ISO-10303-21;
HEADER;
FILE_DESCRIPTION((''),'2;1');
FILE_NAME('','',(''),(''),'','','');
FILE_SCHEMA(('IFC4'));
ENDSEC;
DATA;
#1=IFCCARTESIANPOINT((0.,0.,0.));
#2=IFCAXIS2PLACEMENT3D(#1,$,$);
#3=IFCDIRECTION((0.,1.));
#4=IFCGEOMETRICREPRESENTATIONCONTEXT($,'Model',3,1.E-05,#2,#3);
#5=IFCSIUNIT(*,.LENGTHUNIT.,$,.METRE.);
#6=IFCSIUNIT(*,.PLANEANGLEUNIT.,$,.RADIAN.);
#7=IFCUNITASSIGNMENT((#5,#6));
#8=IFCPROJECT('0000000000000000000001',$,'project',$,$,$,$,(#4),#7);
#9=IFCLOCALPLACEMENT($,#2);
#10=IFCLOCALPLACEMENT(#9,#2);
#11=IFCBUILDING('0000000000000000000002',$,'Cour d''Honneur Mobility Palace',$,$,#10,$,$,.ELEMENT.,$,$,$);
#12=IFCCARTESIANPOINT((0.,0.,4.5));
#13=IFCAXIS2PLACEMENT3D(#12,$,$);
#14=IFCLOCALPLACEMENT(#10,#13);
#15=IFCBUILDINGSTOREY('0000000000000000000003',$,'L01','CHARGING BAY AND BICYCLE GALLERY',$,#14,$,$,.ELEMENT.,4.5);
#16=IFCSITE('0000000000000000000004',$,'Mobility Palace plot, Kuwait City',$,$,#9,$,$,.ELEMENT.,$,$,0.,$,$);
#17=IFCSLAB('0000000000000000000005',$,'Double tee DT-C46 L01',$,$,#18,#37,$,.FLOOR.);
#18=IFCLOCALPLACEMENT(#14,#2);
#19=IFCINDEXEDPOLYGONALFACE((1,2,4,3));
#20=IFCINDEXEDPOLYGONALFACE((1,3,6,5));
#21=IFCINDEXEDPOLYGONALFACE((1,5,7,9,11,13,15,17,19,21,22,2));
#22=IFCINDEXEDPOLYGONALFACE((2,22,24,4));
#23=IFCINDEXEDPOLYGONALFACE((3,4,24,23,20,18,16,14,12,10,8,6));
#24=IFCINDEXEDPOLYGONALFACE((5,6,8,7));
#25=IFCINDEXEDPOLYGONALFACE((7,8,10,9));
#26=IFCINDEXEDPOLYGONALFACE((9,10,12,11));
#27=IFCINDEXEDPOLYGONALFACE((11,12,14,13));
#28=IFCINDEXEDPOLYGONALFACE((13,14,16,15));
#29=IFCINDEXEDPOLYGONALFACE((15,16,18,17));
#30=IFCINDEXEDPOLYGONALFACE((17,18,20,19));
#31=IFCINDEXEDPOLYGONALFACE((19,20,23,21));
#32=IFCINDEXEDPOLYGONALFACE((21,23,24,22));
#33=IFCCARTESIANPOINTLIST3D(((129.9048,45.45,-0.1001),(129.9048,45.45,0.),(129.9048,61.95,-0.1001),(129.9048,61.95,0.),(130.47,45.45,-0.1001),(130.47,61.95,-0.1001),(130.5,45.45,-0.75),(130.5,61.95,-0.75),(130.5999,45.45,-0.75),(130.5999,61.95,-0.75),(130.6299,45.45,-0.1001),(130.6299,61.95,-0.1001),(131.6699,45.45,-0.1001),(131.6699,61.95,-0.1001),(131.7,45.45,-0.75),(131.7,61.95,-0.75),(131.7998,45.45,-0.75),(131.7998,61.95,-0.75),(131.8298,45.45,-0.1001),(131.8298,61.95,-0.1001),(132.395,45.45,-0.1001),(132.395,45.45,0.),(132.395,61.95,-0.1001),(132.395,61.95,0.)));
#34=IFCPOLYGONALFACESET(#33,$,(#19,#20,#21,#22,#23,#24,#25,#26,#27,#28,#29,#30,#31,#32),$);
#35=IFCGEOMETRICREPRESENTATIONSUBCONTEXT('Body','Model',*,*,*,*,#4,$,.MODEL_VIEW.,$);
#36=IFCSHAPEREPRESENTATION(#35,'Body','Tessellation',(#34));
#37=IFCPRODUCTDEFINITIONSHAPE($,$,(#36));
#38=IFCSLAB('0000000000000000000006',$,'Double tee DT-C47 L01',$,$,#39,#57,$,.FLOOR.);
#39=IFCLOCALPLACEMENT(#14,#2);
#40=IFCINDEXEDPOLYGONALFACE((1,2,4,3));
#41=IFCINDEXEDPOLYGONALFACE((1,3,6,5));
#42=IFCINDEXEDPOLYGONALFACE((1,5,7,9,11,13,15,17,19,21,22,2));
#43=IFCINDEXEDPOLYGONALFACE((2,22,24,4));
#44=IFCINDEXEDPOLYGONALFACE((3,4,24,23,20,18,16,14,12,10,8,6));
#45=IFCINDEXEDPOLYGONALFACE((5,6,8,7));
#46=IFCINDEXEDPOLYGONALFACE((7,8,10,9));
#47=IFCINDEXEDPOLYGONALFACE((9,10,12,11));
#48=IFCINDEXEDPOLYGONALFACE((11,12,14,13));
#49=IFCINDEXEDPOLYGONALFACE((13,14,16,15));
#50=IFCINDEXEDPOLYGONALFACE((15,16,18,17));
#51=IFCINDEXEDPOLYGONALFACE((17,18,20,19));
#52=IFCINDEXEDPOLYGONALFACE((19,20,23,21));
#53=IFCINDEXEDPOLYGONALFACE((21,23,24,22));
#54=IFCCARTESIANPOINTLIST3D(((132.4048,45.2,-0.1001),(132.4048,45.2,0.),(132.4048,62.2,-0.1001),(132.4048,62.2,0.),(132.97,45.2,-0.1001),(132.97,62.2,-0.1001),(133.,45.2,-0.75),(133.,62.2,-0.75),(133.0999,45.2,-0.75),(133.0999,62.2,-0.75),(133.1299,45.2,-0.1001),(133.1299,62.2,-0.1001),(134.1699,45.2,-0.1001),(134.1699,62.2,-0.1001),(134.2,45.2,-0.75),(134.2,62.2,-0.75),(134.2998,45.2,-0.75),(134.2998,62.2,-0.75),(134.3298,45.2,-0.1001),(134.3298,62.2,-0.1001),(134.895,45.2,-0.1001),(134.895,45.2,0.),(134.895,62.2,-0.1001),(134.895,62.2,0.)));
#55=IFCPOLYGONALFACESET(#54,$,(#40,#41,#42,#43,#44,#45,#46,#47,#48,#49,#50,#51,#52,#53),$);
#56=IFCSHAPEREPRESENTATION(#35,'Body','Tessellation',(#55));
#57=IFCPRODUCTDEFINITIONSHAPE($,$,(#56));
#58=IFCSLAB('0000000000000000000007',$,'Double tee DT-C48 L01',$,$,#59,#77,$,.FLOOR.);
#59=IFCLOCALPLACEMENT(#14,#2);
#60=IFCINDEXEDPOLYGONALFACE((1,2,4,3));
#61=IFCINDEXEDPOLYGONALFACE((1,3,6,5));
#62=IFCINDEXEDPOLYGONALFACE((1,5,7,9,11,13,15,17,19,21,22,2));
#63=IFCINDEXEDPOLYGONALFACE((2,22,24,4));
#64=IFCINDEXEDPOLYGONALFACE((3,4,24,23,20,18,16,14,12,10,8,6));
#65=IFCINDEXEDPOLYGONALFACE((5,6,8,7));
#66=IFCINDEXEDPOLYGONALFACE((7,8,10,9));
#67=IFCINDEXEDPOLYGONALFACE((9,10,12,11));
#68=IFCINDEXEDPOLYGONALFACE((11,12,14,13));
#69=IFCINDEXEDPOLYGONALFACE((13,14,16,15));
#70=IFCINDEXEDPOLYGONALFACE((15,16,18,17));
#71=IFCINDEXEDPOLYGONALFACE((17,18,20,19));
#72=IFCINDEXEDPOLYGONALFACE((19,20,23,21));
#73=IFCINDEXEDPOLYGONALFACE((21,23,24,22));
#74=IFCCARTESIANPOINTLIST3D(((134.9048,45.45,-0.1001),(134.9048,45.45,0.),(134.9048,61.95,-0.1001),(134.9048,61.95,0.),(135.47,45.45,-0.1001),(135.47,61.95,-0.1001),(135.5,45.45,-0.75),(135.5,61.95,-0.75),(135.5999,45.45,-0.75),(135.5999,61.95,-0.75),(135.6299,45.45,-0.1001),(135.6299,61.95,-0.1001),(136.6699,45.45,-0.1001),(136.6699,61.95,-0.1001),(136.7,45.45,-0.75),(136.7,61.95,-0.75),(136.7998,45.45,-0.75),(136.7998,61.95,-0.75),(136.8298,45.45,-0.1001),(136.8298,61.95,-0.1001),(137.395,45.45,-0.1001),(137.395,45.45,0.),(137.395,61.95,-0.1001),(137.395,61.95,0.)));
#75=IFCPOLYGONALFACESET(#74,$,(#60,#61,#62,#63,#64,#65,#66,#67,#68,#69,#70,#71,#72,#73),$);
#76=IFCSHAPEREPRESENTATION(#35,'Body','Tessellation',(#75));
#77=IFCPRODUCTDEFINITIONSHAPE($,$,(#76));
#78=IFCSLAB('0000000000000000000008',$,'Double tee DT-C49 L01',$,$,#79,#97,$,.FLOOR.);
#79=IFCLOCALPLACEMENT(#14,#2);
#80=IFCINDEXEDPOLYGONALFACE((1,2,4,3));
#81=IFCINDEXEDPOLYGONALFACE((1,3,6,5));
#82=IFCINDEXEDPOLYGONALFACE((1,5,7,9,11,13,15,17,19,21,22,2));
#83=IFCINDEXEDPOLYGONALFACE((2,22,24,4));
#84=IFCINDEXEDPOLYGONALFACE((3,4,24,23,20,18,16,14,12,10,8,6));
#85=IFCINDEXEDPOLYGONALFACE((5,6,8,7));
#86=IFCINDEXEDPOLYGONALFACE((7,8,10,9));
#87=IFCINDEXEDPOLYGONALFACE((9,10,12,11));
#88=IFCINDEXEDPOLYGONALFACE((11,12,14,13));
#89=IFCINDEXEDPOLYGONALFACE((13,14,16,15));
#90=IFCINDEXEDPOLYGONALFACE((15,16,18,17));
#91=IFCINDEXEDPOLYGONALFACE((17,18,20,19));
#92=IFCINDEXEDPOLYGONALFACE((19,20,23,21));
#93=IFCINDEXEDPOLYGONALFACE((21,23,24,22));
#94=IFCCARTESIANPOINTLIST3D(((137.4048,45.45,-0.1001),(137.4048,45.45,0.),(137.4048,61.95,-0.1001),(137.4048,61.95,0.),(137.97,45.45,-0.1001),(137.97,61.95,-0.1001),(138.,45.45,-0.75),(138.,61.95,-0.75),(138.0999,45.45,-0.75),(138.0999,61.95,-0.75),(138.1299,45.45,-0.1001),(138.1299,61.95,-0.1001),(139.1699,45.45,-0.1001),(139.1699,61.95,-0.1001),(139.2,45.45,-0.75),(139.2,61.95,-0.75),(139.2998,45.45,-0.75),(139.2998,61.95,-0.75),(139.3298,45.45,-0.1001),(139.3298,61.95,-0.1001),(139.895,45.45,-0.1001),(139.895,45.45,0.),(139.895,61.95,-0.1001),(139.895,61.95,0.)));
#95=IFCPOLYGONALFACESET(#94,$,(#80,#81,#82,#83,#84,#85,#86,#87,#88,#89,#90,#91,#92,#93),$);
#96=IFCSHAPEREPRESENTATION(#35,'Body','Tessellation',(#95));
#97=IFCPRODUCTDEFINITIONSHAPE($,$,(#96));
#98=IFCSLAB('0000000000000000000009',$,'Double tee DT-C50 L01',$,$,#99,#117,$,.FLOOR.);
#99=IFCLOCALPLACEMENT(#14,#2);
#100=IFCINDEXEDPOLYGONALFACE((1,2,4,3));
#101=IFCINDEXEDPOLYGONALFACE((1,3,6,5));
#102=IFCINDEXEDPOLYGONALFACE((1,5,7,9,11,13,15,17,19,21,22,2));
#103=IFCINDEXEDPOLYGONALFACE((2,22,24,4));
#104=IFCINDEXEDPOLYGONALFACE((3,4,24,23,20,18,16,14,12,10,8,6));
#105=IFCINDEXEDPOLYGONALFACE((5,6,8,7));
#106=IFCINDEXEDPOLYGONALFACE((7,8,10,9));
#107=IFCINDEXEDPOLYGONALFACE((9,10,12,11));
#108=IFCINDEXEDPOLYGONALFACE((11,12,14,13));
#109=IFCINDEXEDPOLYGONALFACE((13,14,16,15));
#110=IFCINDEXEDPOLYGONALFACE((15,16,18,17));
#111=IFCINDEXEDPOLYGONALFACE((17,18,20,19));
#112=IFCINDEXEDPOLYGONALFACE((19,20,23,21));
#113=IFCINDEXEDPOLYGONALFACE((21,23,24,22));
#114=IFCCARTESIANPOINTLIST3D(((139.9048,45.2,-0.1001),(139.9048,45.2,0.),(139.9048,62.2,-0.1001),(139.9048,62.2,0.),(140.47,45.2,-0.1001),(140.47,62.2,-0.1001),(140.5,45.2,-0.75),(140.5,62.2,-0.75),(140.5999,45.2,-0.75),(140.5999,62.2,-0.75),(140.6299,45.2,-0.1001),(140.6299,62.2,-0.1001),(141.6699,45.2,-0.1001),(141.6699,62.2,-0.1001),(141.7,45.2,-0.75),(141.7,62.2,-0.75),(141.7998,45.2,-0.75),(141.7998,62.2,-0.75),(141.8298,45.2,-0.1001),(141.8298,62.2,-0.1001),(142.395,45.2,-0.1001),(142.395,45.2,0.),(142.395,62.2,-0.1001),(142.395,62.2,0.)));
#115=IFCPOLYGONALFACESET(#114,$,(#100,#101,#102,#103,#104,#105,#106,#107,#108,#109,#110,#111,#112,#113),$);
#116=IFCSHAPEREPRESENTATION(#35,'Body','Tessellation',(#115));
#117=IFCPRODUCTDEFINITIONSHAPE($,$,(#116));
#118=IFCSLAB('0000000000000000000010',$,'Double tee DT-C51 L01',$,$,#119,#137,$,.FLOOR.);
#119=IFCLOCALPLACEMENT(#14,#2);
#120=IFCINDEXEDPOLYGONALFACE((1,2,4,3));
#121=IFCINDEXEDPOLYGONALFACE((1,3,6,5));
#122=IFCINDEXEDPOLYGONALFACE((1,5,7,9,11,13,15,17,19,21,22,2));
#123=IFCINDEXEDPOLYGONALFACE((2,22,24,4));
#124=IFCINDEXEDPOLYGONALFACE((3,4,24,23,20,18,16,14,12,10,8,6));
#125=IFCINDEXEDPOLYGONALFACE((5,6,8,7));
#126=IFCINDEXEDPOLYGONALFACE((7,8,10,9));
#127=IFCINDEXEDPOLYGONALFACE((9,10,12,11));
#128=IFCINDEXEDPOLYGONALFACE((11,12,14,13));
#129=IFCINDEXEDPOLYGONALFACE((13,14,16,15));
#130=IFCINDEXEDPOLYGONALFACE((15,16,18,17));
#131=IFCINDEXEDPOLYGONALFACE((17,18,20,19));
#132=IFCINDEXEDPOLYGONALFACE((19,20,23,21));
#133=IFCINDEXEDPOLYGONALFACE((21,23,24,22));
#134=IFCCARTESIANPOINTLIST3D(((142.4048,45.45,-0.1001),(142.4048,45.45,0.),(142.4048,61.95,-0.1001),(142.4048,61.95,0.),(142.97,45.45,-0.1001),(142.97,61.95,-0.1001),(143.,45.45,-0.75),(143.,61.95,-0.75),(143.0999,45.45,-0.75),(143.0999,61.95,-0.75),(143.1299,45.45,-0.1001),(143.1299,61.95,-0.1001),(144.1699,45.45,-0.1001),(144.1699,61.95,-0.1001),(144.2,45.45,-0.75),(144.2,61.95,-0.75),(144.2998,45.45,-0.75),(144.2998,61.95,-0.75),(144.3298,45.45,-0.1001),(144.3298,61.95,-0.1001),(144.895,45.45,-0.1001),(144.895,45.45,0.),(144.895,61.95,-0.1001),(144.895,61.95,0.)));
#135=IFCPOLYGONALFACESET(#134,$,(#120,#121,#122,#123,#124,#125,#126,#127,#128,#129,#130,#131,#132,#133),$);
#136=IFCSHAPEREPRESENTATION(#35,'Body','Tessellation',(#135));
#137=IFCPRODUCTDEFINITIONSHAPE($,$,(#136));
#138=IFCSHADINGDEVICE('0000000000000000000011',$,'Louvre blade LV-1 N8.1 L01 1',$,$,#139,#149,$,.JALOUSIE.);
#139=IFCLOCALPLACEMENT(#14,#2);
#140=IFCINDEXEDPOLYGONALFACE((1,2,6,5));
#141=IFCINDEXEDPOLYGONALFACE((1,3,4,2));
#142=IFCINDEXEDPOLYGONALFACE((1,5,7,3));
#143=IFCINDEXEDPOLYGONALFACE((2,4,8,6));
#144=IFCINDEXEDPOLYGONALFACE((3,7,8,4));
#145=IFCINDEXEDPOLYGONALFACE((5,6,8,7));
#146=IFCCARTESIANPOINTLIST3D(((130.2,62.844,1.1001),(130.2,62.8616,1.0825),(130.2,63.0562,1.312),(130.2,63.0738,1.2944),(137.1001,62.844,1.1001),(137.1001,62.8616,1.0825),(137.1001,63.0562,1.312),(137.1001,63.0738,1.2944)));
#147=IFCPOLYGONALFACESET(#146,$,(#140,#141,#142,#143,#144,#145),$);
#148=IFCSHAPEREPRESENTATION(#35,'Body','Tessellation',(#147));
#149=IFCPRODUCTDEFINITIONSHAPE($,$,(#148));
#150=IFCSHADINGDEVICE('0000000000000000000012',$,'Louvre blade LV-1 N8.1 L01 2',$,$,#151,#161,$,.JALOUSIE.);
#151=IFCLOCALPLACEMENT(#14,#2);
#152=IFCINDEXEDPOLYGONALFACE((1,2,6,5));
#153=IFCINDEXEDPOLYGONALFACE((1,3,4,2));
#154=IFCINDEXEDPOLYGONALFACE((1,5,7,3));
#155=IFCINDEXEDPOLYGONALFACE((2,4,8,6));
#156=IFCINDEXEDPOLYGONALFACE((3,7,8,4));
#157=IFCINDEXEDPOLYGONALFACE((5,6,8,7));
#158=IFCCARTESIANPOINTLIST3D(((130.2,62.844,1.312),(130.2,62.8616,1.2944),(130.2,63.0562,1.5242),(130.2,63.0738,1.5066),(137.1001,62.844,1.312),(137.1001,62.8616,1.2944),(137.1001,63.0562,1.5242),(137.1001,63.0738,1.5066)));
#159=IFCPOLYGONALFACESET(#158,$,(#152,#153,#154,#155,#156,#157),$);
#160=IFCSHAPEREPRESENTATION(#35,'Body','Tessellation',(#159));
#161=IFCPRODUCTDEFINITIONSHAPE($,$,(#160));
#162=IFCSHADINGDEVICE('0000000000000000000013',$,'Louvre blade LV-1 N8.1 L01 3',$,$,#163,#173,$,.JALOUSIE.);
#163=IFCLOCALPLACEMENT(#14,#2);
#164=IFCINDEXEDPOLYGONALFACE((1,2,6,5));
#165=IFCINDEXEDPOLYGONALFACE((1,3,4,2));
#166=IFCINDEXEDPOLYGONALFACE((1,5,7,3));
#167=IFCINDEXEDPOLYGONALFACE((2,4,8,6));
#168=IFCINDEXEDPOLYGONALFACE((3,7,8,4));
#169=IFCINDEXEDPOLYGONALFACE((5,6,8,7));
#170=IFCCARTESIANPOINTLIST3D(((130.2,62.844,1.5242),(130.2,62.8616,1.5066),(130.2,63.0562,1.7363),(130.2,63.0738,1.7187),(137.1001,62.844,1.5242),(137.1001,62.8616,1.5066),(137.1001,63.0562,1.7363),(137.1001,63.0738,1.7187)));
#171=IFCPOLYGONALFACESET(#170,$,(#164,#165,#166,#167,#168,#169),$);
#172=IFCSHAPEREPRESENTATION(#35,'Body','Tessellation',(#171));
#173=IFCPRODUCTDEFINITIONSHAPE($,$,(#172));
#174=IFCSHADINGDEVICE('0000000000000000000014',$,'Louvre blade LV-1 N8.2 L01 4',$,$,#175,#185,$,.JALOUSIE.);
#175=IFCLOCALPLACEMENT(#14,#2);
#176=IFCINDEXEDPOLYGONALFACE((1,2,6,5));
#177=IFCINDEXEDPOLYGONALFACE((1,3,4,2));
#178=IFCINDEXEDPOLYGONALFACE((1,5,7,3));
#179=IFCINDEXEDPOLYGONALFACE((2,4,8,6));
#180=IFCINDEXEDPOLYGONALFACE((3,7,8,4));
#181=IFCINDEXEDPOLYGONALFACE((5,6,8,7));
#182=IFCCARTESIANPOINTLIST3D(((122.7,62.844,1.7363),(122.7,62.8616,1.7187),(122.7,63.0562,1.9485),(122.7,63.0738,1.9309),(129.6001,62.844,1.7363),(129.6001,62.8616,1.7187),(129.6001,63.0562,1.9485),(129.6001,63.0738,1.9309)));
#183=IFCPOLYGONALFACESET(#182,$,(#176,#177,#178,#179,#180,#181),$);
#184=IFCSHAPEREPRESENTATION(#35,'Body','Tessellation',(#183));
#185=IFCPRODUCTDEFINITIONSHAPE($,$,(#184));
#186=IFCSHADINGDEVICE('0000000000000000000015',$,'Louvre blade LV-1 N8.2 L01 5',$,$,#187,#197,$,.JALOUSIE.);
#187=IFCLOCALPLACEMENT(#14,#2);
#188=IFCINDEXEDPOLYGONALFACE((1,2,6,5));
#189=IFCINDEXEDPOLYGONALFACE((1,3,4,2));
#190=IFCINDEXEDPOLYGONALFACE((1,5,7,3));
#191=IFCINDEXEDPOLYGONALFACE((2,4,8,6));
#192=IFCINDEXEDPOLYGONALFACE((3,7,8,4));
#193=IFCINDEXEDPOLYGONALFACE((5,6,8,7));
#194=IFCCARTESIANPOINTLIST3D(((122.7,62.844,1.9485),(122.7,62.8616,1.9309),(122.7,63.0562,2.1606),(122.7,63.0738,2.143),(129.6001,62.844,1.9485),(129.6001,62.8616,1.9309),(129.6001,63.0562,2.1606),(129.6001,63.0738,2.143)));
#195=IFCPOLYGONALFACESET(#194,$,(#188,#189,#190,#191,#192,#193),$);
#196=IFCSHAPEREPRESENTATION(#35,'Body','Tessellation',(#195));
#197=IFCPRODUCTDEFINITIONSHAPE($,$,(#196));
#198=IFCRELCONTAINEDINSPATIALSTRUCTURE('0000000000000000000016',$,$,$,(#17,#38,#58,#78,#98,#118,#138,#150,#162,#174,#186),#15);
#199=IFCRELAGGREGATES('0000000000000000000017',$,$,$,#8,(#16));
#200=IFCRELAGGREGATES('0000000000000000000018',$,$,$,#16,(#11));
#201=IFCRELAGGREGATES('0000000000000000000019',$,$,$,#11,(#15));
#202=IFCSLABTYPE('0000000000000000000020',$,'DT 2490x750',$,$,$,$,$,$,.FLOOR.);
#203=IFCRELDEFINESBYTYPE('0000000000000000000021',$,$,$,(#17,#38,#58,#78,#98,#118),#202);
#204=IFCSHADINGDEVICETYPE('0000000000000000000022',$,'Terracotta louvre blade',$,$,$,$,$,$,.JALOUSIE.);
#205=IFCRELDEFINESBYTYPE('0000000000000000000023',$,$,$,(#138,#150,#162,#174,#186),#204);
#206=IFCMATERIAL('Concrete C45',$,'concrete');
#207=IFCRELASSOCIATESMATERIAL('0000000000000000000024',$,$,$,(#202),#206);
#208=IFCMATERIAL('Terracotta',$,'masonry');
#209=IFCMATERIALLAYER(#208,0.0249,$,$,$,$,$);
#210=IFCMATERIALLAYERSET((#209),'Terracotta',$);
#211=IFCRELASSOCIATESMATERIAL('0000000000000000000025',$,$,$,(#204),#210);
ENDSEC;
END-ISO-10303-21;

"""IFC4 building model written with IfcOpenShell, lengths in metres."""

from ifc_helpers import new_model, si_unit, direction, frame, origin, place, context, subcontext, project, spatial, polyline, outline, extrude, material, layer, layer_set, material_profile, profile_set, type_object, element, save


model = new_model("IFC4")

# Units and contexts
model_context = context("Model", 3, precision=1e-05, world=origin(), true_north=direction((0.0, 1.0)))
body_context = subcontext(model_context, "Body", "Model", "MODEL_VIEW")
ifc_project = project(units=[si_unit("LENGTHUNIT", "METRE"), si_unit("PLANEANGLEUNIT", "RADIAN")], contexts=[model_context])

# Site, building, storey
site_placement = place(None, origin())
site = spatial("IfcSite", under=ifc_project, at=site_placement, Name="Mobility Palace plot, Kuwait City", CompositionType="ELEMENT", RefElevation=0.0)
building_placement = place(site_placement, origin())
building = spatial("IfcBuilding", under=site, at=building_placement, Name="Cour d'Honneur Mobility Palace", CompositionType="ELEMENT")
storey_placement = place(building_placement, frame((0.0, 0.0, 4.5)))
storey = spatial("IfcBuildingStorey", under=building, at=storey_placement, Name="L01", Description="CHARGING BAY AND BICYCLE GALLERY", CompositionType="ELEMENT", Elevation=4.5)

# Slabs
ifc_material_1 = material(Name="Concrete C45", Category="concrete")
ifc_material_profile_1 = material_profile(ifc_material_1, outline(polyline([(-1.2451, 0.0), (1.2451, 0.0), (1.2451, -0.1001), (0.6799, -0.1001), (0.6499, -0.75), (0.55, -0.75), (0.52, -0.1001), (-0.52, -0.1001), (-0.55, -0.75), (-0.6499, -0.75), (-0.6799, -0.1001), (-1.2451, -0.1001), (-1.2451, 0.0)])), Name="DT 2490x750")
ifc_profile_set_1 = profile_set([ifc_material_profile_1], Name="Concrete C45")
slab_type = type_object("IfcSlabType", Name="DT 2490x750", PredefinedType="FLOOR", material=ifc_profile_set_1)
slab_1_placement = place(storey_placement, frame((131.1499, 45.45, 0.0), z_axis=(0.0, 1.0, 0.0), x_axis=(-1.0, 0.0, 0.0)))
element("IfcSlab", 1, at=slab_1_placement, inside=storey, type_object=slab_type, Name="Double tee DT-C46 L01", PredefinedType="FLOOR", context=body_context, shape_type="SweptSolid", body=[
    extrude(outline(polyline([(-1.2451, 0.0), (1.2451, 0.0), (1.2451, -0.1001), (0.6799, -0.1001), (0.6499, -0.75), (0.55, -0.75), (0.52, -0.1001), (-0.52, -0.1001), (-0.55, -0.75), (-0.6499, -0.75), (-0.6799, -0.1001), (-1.2451, -0.1001), (-1.2451, 0.0)])), origin(), (0.0, 0.0, 1.0), 16.5),
])
slab_2_placement = place(storey_placement, frame((133.6499, 45.2, 0.0), z_axis=(0.0, 1.0, 0.0), x_axis=(-1.0, 0.0, 0.0)))
element("IfcSlab", 2, at=slab_2_placement, inside=storey, type_object=slab_type, Name="Double tee DT-C47 L01", PredefinedType="FLOOR", context=body_context, shape_type="SweptSolid", body=[
    extrude(outline(polyline([(-1.2451, 0.0), (1.2451, 0.0), (1.2451, -0.1001), (0.6799, -0.1001), (0.6499, -0.75), (0.55, -0.75), (0.52, -0.1001), (-0.52, -0.1001), (-0.55, -0.75), (-0.6499, -0.75), (-0.6799, -0.1001), (-1.2451, -0.1001), (-1.2451, 0.0)])), origin(), (0.0, 0.0, 1.0), 17.0),
])
for number, where, z_axis, x_axis, name in (
    (3, (136.1499, 45.45, 0.0), (0.0, 1.0, 0.0), (-1.0, 0.0, 0.0), "Double tee DT-C48 L01"),
    (4, (138.6499, 45.45, 0.0), (0.0, 1.0, 0.0), (-1.0, 0.0, 0.0), "Double tee DT-C49 L01"),
):
    element("IfcSlab", number, at=place(storey_placement, frame(where, z_axis=z_axis, x_axis=x_axis)), inside=storey, type_object=slab_type, Name=name, PredefinedType="FLOOR", context=body_context, shape_type="SweptSolid", body=[
        extrude(outline(polyline([(-1.2451, 0.0), (1.2451, 0.0), (1.2451, -0.1001), (0.6799, -0.1001), (0.6499, -0.75), (0.55, -0.75), (0.52, -0.1001), (-0.52, -0.1001), (-0.55, -0.75), (-0.6499, -0.75), (-0.6799, -0.1001), (-1.2451, -0.1001), (-1.2451, 0.0)])), origin(), (0.0, 0.0, 1.0), 16.5),
    ])
slab_3_placement = place(storey_placement, frame((141.1499, 45.2, 0.0), z_axis=(0.0, 1.0, 0.0), x_axis=(-1.0, 0.0, 0.0)))
element("IfcSlab", 5, at=slab_3_placement, inside=storey, type_object=slab_type, Name="Double tee DT-C50 L01", PredefinedType="FLOOR", context=body_context, shape_type="SweptSolid", body=[
    extrude(outline(polyline([(-1.2451, 0.0), (1.2451, 0.0), (1.2451, -0.1001), (0.6799, -0.1001), (0.6499, -0.75), (0.55, -0.75), (0.52, -0.1001), (-0.52, -0.1001), (-0.55, -0.75), (-0.6499, -0.75), (-0.6799, -0.1001), (-1.2451, -0.1001), (-1.2451, 0.0)])), origin(), (0.0, 0.0, 1.0), 17.0),
])
slab_4_placement = place(storey_placement, frame((143.6499, 45.45, 0.0), z_axis=(0.0, 1.0, 0.0), x_axis=(-1.0, 0.0, 0.0)))
element("IfcSlab", 6, at=slab_4_placement, inside=storey, type_object=slab_type, Name="Double tee DT-C51 L01", PredefinedType="FLOOR", context=body_context, shape_type="SweptSolid", body=[
    extrude(outline(polyline([(-1.2451, 0.0), (1.2451, 0.0), (1.2451, -0.1001), (0.6799, -0.1001), (0.6499, -0.75), (0.55, -0.75), (0.52, -0.1001), (-0.52, -0.1001), (-0.55, -0.75), (-0.6499, -0.75), (-0.6799, -0.1001), (-1.2451, -0.1001), (-1.2451, 0.0)])), origin(), (0.0, 0.0, 1.0), 16.5),
])

# Shading devices
ifc_material_2 = material(Name="Terracotta", Category="masonry")
ifc_layer_1 = layer(ifc_material_2, 0.0249)
ifc_layer_set_1 = layer_set([ifc_layer_1], Name="Terracotta")
shading_device_type = type_object("IfcShadingDeviceType", Name="Terracotta louvre blade", PredefinedType="JALOUSIE", material=ifc_layer_set_1)
shading_device_placement = place(storey_placement, frame((137.1001, 62.844, 1.1001), z_axis=(0.0, -0.7067, 0.707514), x_axis=(-1.0, 0.0, 0.0)))
element("IfcShadingDevice", 7, at=shading_device_placement, inside=storey, type_object=shading_device_type, Name="Louvre blade LV-1 N8.1 L01 1", PredefinedType="JALOUSIE", context=body_context, shape_type="SweptSolid", body=[
    extrude(outline(polyline([(0.0, 0.0), (6.9001, 0.0), (6.9001, -0.2999), (0.0, -0.2999), (0.0, 0.0)])), origin(), (0.0, 0.0, -1.0), 0.0249),
])
for number, where, z_axis, x_axis, name in (
    (8, (137.1001, 62.844, 1.312), (0.0, -0.707107, 0.707107), (-1.0, 0.0, 0.0), "Louvre blade LV-1 N8.1 L01 2"),
    (9, (137.1001, 62.844, 1.5242), (0.0, -0.707107, 0.707107), (-1.0, 0.0, 0.0), "Louvre blade LV-1 N8.1 L01 3"),
    (10, (129.6001, 62.844, 1.7363), (0.0, -0.707107, 0.707107), (-1.0, 0.0, 0.0), "Louvre blade LV-1 N8.2 L01 4"),
    (11, (129.6001, 62.844, 1.9485), (0.0, -0.707107, 0.707107), (-1.0, 0.0, 0.0), "Louvre blade LV-1 N8.2 L01 5"),
):
    element("IfcShadingDevice", number, at=place(storey_placement, frame(where, z_axis=z_axis, x_axis=x_axis)), inside=storey, type_object=shading_device_type, Name=name, PredefinedType="JALOUSIE", context=body_context, shape_type="SweptSolid", body=[
        extrude(outline(polyline([(0.0, 0.0), (6.9001, 0.0), (6.9001, -0.3), (0.0, -0.3), (0.0, 0.0)])), origin(), (0.0, 0.0, -1.0), 0.0249),
    ])

save(model, "model.ifc")
